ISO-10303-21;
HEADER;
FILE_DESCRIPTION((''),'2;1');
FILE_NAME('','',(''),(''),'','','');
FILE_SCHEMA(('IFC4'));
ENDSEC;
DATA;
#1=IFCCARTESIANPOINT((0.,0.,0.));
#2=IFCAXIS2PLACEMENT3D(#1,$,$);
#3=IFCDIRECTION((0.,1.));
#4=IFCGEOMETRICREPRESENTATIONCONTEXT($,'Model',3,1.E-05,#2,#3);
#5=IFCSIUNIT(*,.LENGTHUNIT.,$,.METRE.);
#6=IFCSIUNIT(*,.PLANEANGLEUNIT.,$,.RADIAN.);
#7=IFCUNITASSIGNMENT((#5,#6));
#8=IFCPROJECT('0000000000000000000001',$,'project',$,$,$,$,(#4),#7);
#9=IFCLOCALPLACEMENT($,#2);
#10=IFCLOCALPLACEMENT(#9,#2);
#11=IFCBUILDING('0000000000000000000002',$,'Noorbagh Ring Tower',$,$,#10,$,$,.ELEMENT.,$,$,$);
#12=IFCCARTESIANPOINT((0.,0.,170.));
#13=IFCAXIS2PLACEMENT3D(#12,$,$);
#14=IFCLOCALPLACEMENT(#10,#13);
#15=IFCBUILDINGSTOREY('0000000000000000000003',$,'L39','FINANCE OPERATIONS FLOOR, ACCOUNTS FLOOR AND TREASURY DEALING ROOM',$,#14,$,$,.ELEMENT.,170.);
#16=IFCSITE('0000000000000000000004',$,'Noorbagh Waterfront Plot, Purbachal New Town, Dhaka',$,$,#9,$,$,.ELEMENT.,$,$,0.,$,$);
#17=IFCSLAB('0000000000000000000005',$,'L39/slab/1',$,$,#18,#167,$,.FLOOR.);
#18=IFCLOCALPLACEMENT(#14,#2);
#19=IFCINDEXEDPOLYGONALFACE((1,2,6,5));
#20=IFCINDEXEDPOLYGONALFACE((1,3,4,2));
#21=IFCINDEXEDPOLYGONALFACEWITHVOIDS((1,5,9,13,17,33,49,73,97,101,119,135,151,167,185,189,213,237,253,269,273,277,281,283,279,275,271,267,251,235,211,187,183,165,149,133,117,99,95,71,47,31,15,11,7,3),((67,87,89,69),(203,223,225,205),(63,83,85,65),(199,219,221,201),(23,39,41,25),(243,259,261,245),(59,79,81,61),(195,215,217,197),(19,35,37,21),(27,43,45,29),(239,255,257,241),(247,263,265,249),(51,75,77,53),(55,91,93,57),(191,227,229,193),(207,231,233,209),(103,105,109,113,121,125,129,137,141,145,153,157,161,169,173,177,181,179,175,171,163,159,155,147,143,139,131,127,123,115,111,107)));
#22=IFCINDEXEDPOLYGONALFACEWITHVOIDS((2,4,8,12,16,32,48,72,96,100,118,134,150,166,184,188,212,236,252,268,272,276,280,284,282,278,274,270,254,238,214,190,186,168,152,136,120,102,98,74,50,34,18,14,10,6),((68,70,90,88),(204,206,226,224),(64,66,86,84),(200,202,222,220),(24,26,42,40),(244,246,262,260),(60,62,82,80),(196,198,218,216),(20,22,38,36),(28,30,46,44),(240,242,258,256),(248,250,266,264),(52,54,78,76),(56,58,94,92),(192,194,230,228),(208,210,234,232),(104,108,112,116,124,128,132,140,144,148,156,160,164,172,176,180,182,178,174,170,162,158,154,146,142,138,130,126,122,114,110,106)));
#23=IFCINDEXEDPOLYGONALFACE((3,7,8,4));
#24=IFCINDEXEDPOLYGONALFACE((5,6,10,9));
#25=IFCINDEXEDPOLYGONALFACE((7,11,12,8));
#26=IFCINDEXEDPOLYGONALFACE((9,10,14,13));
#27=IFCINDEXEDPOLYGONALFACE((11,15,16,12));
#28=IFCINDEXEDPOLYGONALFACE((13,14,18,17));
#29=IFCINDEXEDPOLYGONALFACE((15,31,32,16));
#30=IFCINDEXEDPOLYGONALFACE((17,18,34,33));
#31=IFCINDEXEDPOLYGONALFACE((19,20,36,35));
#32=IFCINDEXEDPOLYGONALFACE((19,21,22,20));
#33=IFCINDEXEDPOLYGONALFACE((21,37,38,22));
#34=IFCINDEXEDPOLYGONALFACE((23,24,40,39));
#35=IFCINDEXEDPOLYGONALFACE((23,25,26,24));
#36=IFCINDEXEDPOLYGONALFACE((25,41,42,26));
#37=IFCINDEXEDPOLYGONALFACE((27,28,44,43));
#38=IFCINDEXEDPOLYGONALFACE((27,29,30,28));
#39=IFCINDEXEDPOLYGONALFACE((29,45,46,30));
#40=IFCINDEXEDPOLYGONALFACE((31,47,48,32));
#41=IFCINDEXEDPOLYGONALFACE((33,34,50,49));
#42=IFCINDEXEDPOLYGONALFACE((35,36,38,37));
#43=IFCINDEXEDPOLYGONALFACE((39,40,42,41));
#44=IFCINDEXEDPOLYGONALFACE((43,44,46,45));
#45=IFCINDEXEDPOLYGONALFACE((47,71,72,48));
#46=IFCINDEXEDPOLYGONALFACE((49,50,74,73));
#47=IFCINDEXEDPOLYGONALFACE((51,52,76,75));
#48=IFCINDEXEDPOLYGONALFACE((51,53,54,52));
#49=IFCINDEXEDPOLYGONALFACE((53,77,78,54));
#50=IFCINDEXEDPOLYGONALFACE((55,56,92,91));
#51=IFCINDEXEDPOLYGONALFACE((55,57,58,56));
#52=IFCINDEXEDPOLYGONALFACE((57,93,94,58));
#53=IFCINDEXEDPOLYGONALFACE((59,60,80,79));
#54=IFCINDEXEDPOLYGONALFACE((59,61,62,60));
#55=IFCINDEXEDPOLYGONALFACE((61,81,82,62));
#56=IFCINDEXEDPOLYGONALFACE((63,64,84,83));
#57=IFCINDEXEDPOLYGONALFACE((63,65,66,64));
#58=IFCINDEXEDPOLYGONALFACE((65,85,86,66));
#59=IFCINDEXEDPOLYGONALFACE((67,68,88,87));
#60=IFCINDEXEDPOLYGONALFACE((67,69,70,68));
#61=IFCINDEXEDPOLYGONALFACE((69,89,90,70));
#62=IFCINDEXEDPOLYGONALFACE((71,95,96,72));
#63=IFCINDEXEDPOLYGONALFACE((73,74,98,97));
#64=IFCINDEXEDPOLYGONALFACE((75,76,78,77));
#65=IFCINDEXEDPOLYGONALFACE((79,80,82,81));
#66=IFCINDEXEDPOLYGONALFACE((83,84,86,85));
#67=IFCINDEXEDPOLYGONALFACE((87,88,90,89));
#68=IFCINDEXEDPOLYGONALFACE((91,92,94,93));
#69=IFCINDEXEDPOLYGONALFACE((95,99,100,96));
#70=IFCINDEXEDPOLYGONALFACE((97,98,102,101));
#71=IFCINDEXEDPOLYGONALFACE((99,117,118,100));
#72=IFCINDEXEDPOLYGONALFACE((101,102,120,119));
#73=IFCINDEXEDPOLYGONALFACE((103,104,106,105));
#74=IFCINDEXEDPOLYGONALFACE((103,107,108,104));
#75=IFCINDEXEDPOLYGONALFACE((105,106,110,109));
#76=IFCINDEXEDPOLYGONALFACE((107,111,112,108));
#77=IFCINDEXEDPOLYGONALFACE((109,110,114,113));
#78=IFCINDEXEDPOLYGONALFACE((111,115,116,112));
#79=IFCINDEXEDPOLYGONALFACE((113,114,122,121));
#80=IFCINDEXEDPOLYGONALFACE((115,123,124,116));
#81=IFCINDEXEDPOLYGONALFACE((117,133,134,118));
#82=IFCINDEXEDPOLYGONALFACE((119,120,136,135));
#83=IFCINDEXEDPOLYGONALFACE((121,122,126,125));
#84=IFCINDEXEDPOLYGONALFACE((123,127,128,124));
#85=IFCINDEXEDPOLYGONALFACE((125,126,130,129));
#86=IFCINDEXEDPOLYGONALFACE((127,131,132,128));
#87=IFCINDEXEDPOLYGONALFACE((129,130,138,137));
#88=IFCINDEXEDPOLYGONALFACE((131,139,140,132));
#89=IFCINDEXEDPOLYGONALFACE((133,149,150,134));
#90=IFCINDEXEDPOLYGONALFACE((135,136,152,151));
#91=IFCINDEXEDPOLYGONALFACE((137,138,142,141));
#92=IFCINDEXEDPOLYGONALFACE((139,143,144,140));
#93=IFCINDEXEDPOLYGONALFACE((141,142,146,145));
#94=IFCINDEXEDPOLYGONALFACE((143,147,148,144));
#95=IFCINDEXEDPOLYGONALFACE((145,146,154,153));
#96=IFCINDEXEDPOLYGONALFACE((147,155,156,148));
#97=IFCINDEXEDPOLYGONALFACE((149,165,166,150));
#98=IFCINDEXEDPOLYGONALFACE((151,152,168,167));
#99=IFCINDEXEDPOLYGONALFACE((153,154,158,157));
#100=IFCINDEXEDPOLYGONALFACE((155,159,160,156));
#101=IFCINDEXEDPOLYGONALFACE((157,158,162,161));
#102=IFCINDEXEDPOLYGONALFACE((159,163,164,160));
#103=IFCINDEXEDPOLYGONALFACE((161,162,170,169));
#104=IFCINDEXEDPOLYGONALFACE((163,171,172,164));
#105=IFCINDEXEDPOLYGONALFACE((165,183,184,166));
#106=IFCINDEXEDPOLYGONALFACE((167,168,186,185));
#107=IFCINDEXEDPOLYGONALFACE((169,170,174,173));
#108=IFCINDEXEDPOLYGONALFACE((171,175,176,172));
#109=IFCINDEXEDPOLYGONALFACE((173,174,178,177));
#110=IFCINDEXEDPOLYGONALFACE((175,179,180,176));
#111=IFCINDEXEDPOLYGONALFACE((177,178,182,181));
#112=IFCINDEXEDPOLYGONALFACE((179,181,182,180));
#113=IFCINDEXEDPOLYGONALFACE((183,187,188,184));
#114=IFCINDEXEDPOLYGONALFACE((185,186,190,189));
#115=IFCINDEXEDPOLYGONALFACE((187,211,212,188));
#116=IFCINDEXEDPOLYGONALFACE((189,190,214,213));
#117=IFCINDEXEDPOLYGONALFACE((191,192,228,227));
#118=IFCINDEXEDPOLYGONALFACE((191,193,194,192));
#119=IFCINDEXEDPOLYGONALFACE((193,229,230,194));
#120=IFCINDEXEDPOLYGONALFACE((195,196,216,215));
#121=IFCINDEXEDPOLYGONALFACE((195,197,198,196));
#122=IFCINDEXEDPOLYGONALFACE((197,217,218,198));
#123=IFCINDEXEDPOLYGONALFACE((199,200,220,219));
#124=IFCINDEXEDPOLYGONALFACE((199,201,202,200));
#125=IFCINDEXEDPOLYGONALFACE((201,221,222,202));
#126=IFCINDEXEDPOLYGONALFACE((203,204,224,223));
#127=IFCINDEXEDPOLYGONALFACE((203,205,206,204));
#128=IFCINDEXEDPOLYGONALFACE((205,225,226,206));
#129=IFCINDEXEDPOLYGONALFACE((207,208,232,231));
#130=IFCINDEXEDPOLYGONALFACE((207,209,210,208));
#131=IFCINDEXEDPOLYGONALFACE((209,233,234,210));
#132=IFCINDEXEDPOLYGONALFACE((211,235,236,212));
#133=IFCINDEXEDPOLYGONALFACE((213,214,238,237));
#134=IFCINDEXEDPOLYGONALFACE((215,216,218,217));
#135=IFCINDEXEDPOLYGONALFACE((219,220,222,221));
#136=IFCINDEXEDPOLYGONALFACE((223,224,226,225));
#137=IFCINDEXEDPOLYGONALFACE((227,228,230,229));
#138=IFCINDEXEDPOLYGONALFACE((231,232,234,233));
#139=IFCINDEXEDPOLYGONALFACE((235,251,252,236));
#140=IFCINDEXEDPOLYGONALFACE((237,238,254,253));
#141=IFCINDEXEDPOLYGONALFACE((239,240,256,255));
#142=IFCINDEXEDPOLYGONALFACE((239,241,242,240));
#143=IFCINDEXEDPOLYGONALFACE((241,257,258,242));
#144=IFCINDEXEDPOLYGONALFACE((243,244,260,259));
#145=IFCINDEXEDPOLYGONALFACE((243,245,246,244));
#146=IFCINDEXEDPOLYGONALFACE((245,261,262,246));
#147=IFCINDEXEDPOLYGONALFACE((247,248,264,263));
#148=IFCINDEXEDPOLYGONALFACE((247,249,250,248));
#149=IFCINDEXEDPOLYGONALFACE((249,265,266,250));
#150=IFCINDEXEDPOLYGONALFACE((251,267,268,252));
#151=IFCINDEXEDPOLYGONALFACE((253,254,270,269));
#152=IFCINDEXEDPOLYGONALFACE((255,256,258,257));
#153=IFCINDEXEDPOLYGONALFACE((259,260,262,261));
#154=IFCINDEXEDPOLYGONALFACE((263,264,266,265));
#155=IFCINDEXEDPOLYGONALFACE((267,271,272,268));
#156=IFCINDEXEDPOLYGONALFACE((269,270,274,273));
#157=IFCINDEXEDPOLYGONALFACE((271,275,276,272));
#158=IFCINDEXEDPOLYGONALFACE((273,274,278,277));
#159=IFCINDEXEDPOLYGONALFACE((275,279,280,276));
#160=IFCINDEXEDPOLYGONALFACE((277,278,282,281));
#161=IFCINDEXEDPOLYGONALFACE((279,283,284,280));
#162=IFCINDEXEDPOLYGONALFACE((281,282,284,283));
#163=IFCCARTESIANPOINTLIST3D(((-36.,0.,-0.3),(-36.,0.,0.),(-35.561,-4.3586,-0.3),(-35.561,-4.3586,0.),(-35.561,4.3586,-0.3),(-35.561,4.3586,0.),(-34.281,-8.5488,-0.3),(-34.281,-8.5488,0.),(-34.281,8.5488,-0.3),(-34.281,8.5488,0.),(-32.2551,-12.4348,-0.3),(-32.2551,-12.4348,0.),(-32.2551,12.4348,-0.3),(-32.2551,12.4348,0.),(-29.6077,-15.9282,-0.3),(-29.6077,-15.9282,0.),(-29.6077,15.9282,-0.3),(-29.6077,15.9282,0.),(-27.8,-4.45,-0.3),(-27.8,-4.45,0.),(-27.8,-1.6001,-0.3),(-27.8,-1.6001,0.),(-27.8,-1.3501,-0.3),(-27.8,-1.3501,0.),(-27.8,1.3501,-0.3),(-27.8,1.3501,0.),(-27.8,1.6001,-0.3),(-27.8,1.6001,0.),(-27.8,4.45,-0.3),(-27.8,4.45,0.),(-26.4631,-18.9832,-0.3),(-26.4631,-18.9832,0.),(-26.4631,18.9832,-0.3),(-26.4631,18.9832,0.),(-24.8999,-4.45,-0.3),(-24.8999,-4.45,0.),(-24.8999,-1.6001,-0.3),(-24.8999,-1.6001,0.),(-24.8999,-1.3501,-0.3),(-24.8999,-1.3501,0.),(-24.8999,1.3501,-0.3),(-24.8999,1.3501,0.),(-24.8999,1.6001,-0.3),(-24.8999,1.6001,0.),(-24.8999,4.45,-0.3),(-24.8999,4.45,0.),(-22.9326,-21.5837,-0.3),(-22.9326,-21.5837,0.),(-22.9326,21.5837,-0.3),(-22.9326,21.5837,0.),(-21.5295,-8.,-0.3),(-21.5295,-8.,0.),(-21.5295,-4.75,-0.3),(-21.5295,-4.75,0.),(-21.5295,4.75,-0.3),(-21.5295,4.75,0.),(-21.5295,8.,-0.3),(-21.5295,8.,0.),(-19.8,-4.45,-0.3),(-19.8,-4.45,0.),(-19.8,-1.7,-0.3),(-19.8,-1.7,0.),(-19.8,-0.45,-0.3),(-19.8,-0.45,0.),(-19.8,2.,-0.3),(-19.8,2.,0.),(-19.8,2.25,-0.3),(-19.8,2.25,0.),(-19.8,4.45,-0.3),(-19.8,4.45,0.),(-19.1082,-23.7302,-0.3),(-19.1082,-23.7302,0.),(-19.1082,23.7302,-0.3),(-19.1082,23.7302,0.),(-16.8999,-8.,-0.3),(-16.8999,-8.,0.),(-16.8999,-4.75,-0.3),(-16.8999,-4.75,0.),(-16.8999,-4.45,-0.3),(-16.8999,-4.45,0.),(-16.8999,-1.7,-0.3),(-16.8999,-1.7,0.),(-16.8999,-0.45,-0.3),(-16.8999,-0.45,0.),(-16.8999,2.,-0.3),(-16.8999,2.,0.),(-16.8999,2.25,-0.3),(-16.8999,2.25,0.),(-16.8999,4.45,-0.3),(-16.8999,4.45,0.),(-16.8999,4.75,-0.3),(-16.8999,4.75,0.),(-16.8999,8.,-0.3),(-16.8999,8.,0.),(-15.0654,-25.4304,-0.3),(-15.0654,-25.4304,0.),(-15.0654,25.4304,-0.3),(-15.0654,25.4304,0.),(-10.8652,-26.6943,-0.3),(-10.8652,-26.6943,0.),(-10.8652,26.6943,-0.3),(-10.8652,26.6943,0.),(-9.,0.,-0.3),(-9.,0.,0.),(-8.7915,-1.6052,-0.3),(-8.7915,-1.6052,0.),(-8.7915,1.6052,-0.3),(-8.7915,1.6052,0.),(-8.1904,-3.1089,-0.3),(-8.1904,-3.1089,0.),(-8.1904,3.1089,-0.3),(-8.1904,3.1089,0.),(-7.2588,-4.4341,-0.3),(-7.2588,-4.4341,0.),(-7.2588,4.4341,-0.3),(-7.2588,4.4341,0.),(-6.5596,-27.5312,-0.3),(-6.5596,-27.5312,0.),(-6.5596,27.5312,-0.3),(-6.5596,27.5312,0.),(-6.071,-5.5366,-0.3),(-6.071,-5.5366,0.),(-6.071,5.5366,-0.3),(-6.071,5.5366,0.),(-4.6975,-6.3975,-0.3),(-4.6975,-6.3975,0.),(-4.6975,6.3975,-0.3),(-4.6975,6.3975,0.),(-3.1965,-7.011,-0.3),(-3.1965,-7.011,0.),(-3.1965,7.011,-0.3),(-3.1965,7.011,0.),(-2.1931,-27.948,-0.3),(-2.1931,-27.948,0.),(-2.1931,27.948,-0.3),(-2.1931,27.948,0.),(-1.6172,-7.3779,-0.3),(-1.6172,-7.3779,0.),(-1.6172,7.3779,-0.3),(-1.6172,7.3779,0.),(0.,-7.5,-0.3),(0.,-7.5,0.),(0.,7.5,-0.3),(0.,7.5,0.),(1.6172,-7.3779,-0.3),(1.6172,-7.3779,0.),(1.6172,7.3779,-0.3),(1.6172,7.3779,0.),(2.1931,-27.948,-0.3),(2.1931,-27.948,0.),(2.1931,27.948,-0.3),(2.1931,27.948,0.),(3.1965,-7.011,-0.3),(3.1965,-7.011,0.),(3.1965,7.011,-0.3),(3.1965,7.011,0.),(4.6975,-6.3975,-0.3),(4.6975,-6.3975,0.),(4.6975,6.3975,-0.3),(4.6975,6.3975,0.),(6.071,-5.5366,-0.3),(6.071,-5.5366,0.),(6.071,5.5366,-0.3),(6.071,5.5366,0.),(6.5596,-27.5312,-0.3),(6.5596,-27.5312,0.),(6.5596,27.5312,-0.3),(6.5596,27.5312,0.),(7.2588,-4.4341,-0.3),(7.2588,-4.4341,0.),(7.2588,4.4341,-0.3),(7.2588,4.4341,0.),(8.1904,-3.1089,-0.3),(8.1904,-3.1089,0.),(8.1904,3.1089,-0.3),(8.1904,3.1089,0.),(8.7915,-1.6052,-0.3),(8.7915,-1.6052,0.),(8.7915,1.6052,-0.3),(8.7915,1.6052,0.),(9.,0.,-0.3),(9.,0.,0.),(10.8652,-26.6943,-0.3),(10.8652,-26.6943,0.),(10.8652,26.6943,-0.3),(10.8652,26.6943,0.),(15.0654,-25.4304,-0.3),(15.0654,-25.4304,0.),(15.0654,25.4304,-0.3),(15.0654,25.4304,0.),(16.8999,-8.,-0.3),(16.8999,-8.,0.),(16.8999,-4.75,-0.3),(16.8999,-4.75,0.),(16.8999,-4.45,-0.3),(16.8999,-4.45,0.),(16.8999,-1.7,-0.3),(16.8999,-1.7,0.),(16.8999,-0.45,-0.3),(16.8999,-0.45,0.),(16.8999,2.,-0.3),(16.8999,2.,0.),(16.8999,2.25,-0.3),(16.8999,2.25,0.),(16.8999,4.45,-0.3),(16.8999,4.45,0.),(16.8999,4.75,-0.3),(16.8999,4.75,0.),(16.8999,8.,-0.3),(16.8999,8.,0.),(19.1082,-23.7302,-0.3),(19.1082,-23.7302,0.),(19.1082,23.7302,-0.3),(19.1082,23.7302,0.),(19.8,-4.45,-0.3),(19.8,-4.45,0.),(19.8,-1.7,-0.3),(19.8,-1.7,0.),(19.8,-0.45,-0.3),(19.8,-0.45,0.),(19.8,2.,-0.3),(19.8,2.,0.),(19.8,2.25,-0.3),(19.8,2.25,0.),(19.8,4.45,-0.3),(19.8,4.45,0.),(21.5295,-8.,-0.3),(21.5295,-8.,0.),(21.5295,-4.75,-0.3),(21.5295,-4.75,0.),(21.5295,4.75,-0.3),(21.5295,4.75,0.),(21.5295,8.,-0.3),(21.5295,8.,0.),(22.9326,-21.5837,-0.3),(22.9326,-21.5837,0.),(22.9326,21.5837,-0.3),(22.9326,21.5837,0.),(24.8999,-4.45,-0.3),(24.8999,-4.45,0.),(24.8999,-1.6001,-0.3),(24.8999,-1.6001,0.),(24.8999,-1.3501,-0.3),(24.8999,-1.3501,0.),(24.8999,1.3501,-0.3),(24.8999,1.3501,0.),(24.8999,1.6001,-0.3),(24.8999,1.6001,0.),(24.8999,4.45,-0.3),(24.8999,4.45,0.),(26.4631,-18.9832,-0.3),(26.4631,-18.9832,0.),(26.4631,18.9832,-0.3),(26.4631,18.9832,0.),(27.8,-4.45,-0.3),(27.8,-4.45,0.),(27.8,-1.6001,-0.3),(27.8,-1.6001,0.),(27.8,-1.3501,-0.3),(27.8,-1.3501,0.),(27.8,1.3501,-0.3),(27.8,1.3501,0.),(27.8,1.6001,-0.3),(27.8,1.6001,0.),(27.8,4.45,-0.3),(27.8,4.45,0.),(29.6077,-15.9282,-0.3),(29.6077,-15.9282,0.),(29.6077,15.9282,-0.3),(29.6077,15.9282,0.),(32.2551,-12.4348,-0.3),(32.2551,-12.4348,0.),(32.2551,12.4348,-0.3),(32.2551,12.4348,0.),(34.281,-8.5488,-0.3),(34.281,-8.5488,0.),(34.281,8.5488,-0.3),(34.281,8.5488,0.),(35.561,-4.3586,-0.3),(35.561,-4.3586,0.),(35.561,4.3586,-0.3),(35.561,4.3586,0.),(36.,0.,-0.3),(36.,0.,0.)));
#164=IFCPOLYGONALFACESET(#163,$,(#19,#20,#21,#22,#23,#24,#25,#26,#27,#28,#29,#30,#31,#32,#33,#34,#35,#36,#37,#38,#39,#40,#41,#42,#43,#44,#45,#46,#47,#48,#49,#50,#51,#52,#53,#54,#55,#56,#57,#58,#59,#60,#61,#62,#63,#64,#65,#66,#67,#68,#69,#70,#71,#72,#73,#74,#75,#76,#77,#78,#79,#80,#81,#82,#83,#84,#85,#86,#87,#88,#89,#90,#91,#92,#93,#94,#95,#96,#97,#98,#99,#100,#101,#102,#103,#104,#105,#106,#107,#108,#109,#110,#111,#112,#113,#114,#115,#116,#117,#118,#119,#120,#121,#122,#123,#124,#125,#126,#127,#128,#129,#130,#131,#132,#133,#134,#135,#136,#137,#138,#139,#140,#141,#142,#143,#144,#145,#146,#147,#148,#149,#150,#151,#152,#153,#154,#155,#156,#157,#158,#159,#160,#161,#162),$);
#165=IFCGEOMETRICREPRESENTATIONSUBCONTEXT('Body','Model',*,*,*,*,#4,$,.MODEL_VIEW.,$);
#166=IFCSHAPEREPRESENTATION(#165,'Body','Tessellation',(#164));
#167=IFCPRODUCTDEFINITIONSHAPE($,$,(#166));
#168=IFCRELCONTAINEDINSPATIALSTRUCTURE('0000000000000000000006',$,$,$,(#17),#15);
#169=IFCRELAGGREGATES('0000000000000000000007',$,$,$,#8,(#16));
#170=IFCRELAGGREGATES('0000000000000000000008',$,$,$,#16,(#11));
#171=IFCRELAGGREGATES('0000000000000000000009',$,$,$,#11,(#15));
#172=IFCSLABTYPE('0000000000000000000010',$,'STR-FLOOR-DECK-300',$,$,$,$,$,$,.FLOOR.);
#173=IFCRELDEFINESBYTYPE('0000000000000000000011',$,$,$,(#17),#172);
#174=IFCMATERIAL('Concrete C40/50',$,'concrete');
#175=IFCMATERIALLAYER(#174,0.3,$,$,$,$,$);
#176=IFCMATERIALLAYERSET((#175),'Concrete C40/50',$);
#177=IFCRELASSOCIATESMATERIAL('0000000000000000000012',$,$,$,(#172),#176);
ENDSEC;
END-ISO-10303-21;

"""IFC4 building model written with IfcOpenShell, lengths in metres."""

from ifc_helpers import new_model, si_unit, direction, frame, origin, place, context, subcontext, project, spatial, polyline, outline, extrude, material, layer, layer_set, type_object, element, save


model = new_model("IFC4")

# Units and contexts
model_context = context("Model", 3, precision=1e-05, world=origin(), true_north=direction((0.0, 1.0)))
body_context = subcontext(model_context, "Body", "Model", "MODEL_VIEW")
ifc_project = project(units=[si_unit("LENGTHUNIT", "METRE"), si_unit("PLANEANGLEUNIT", "RADIAN")], contexts=[model_context])

# Site, building, storey
site_placement = place(None, origin())
building_placement = place(site_placement, origin())
storey_placement = place(building_placement, frame((0.0, 0.0, 170.0)))
site = spatial("IfcSite", under=ifc_project, at=site_placement, Name="Noorbagh Waterfront Plot, Purbachal New Town, Dhaka", CompositionType="ELEMENT", RefElevation=0.0)
building = spatial("IfcBuilding", under=site, at=building_placement, Name="Noorbagh Ring Tower", CompositionType="ELEMENT")
storey = spatial("IfcBuildingStorey", under=building, at=storey_placement, Name="L39", Description="FINANCE OPERATIONS FLOOR, ACCOUNTS FLOOR AND TREASURY DEALING ROOM", CompositionType="ELEMENT", Elevation=170.0)

# Slab
ifc_material_1 = material(Name="Concrete C40/50", Category="concrete")
ifc_layer_1 = layer(ifc_material_1, 0.3)
ifc_layer_set_1 = layer_set([ifc_layer_1], Name="Concrete C40/50")
slab_type = type_object("IfcSlabType", Name="STR-FLOOR-DECK-300", PredefinedType="FLOOR", material=ifc_layer_set_1)
slab_placement = place(storey_placement, frame((0.0, 0.0, -0.3)))
element("IfcSlab", 1, at=slab_placement, inside=storey, type_object=slab_type, Name="L39/slab/1", PredefinedType="FLOOR", context=body_context, shape_type="SweptSolid", body=[
    extrude(outline(polyline([(36.0, 0.0), (35.561, 4.3586), (34.281, 8.5488), (32.2551, 12.4348), (29.6077, 15.9282), (26.4631, 18.9832), (22.9326, 21.5837), (19.1082, 23.7302), (15.0654, 25.4304), (10.8652, 26.6943), (6.5596, 27.5312), (2.1931, 27.948), (-2.1931, 27.948), (-6.5596, 27.5312), (-10.8652, 26.6943), (-15.0654, 25.4304), (-19.1082, 23.7302), (-22.9326, 21.5837), (-26.4631, 18.9832), (-29.6077, 15.9282), (-32.2551, 12.4348), (-34.281, 8.5488), (-35.561, 4.3586), (-36.0, 0.0), (-35.561, -4.3586), (-34.281, -8.5488), (-32.2551, -12.4348), (-29.6077, -15.9282), (-26.4631, -18.9832), (-22.9326, -21.5837), (-19.1082, -23.7302), (-15.0654, -25.4304), (-10.8652, -26.6943), (-6.5596, -27.5312), (-2.1931, -27.948), (2.1931, -27.948), (6.5596, -27.5312), (10.8652, -26.6943), (15.0654, -25.4304), (19.1082, -23.7302), (22.9326, -21.5837), (26.4631, -18.9832), (29.6077, -15.9282), (32.2551, -12.4348), (34.281, -8.5488), (35.561, -4.3586), (36.0, 0.0)]), holes=[polyline([(24.8999, 4.45), (27.8, 4.45), (27.8, 1.6001), (24.8999, 1.6001), (24.8999, 4.45)]), polyline([(24.8999, 1.3501), (27.8, 1.3501), (27.8, -1.3501), (24.8999, -1.3501), (24.8999, 1.3501)]), polyline([(24.8999, -1.6001), (27.8, -1.6001), (27.8, -4.45), (24.8999, -4.45), (24.8999, -1.6001)]), polyline([(21.5295, -8.0), (16.8999, -8.0), (16.8999, -4.75), (21.5295, -4.75), (21.5295, -8.0)]), polyline([(16.8999, 4.75), (16.8999, 8.0), (21.5295, 8.0), (21.5295, 4.75), (16.8999, 4.75)]), polyline([(19.8, 4.45), (19.8, 2.25), (16.8999, 2.25), (16.8999, 4.45), (19.8, 4.45)]), polyline([(16.8999, 2.0), (19.8, 2.0), (19.8, -0.45), (16.8999, -0.45), (16.8999, 2.0)]), polyline([(16.8999, -1.7), (19.8, -1.7), (19.8, -4.45), (16.8999, -4.45), (16.8999, -1.7)]), polyline([(4.6975, -6.3975), (3.1965, -7.011), (1.6172, -7.3779), (0.0, -7.5), (-1.6172, -7.3779), (-3.1965, -7.011), (-4.6975, -6.3975), (-6.071, -5.5366), (-7.2588, -4.4341), (-8.1904, -3.1089), (-8.7915, -1.6052), (-9.0, 0.0), (-8.7915, 1.6052), (-8.1904, 3.1089), (-7.2588, 4.4341), (-6.071, 5.5366), (-4.6975, 6.3975), (-3.1965, 7.011), (-1.6172, 7.3779), (0.0, 7.5), (1.6172, 7.3779), (3.1965, 7.011), (4.6975, 6.3975), (6.071, 5.5366), (7.2588, 4.4341), (8.1904, 3.1089), (8.7915, 1.6052), (9.0, 0.0), (8.7915, -1.6052), (8.1904, -3.1089), (7.2588, -4.4341), (6.071, -5.5366), (4.6975, -6.3975)]), polyline([(-16.8999, 2.25), (-19.8, 2.25), (-19.8, 4.45), (-16.8999, 4.45), (-16.8999, 2.25)]), polyline([(-16.8999, -0.45), (-19.8, -0.45), (-19.8, 2.0), (-16.8999, 2.0), (-16.8999, -0.45)]), polyline([(-16.8999, -4.45), (-19.8, -4.45), (-19.8, -1.7), (-16.8999, -1.7), (-16.8999, -4.45)]), polyline([(-21.5295, 8.0), (-16.8999, 8.0), (-16.8999, 4.75), (-21.5295, 4.75), (-21.5295, 8.0)]), polyline([(-21.5295, -4.75), (-16.8999, -4.75), (-16.8999, -8.0), (-21.5295, -8.0), (-21.5295, -4.75)]), polyline([(-24.8999, -4.45), (-27.8, -4.45), (-27.8, -1.6001), (-24.8999, -1.6001), (-24.8999, -4.45)]), polyline([(-24.8999, 1.6001), (-27.8, 1.6001), (-27.8, 4.45), (-24.8999, 4.45), (-24.8999, 1.6001)]), polyline([(-24.8999, -1.3501), (-27.8, -1.3501), (-27.8, 1.3501), (-24.8999, 1.3501), (-24.8999, -1.3501)])]), origin(), (0.0, 0.0, 1.0), 0.3),
])

save(model, "model.ifc")
